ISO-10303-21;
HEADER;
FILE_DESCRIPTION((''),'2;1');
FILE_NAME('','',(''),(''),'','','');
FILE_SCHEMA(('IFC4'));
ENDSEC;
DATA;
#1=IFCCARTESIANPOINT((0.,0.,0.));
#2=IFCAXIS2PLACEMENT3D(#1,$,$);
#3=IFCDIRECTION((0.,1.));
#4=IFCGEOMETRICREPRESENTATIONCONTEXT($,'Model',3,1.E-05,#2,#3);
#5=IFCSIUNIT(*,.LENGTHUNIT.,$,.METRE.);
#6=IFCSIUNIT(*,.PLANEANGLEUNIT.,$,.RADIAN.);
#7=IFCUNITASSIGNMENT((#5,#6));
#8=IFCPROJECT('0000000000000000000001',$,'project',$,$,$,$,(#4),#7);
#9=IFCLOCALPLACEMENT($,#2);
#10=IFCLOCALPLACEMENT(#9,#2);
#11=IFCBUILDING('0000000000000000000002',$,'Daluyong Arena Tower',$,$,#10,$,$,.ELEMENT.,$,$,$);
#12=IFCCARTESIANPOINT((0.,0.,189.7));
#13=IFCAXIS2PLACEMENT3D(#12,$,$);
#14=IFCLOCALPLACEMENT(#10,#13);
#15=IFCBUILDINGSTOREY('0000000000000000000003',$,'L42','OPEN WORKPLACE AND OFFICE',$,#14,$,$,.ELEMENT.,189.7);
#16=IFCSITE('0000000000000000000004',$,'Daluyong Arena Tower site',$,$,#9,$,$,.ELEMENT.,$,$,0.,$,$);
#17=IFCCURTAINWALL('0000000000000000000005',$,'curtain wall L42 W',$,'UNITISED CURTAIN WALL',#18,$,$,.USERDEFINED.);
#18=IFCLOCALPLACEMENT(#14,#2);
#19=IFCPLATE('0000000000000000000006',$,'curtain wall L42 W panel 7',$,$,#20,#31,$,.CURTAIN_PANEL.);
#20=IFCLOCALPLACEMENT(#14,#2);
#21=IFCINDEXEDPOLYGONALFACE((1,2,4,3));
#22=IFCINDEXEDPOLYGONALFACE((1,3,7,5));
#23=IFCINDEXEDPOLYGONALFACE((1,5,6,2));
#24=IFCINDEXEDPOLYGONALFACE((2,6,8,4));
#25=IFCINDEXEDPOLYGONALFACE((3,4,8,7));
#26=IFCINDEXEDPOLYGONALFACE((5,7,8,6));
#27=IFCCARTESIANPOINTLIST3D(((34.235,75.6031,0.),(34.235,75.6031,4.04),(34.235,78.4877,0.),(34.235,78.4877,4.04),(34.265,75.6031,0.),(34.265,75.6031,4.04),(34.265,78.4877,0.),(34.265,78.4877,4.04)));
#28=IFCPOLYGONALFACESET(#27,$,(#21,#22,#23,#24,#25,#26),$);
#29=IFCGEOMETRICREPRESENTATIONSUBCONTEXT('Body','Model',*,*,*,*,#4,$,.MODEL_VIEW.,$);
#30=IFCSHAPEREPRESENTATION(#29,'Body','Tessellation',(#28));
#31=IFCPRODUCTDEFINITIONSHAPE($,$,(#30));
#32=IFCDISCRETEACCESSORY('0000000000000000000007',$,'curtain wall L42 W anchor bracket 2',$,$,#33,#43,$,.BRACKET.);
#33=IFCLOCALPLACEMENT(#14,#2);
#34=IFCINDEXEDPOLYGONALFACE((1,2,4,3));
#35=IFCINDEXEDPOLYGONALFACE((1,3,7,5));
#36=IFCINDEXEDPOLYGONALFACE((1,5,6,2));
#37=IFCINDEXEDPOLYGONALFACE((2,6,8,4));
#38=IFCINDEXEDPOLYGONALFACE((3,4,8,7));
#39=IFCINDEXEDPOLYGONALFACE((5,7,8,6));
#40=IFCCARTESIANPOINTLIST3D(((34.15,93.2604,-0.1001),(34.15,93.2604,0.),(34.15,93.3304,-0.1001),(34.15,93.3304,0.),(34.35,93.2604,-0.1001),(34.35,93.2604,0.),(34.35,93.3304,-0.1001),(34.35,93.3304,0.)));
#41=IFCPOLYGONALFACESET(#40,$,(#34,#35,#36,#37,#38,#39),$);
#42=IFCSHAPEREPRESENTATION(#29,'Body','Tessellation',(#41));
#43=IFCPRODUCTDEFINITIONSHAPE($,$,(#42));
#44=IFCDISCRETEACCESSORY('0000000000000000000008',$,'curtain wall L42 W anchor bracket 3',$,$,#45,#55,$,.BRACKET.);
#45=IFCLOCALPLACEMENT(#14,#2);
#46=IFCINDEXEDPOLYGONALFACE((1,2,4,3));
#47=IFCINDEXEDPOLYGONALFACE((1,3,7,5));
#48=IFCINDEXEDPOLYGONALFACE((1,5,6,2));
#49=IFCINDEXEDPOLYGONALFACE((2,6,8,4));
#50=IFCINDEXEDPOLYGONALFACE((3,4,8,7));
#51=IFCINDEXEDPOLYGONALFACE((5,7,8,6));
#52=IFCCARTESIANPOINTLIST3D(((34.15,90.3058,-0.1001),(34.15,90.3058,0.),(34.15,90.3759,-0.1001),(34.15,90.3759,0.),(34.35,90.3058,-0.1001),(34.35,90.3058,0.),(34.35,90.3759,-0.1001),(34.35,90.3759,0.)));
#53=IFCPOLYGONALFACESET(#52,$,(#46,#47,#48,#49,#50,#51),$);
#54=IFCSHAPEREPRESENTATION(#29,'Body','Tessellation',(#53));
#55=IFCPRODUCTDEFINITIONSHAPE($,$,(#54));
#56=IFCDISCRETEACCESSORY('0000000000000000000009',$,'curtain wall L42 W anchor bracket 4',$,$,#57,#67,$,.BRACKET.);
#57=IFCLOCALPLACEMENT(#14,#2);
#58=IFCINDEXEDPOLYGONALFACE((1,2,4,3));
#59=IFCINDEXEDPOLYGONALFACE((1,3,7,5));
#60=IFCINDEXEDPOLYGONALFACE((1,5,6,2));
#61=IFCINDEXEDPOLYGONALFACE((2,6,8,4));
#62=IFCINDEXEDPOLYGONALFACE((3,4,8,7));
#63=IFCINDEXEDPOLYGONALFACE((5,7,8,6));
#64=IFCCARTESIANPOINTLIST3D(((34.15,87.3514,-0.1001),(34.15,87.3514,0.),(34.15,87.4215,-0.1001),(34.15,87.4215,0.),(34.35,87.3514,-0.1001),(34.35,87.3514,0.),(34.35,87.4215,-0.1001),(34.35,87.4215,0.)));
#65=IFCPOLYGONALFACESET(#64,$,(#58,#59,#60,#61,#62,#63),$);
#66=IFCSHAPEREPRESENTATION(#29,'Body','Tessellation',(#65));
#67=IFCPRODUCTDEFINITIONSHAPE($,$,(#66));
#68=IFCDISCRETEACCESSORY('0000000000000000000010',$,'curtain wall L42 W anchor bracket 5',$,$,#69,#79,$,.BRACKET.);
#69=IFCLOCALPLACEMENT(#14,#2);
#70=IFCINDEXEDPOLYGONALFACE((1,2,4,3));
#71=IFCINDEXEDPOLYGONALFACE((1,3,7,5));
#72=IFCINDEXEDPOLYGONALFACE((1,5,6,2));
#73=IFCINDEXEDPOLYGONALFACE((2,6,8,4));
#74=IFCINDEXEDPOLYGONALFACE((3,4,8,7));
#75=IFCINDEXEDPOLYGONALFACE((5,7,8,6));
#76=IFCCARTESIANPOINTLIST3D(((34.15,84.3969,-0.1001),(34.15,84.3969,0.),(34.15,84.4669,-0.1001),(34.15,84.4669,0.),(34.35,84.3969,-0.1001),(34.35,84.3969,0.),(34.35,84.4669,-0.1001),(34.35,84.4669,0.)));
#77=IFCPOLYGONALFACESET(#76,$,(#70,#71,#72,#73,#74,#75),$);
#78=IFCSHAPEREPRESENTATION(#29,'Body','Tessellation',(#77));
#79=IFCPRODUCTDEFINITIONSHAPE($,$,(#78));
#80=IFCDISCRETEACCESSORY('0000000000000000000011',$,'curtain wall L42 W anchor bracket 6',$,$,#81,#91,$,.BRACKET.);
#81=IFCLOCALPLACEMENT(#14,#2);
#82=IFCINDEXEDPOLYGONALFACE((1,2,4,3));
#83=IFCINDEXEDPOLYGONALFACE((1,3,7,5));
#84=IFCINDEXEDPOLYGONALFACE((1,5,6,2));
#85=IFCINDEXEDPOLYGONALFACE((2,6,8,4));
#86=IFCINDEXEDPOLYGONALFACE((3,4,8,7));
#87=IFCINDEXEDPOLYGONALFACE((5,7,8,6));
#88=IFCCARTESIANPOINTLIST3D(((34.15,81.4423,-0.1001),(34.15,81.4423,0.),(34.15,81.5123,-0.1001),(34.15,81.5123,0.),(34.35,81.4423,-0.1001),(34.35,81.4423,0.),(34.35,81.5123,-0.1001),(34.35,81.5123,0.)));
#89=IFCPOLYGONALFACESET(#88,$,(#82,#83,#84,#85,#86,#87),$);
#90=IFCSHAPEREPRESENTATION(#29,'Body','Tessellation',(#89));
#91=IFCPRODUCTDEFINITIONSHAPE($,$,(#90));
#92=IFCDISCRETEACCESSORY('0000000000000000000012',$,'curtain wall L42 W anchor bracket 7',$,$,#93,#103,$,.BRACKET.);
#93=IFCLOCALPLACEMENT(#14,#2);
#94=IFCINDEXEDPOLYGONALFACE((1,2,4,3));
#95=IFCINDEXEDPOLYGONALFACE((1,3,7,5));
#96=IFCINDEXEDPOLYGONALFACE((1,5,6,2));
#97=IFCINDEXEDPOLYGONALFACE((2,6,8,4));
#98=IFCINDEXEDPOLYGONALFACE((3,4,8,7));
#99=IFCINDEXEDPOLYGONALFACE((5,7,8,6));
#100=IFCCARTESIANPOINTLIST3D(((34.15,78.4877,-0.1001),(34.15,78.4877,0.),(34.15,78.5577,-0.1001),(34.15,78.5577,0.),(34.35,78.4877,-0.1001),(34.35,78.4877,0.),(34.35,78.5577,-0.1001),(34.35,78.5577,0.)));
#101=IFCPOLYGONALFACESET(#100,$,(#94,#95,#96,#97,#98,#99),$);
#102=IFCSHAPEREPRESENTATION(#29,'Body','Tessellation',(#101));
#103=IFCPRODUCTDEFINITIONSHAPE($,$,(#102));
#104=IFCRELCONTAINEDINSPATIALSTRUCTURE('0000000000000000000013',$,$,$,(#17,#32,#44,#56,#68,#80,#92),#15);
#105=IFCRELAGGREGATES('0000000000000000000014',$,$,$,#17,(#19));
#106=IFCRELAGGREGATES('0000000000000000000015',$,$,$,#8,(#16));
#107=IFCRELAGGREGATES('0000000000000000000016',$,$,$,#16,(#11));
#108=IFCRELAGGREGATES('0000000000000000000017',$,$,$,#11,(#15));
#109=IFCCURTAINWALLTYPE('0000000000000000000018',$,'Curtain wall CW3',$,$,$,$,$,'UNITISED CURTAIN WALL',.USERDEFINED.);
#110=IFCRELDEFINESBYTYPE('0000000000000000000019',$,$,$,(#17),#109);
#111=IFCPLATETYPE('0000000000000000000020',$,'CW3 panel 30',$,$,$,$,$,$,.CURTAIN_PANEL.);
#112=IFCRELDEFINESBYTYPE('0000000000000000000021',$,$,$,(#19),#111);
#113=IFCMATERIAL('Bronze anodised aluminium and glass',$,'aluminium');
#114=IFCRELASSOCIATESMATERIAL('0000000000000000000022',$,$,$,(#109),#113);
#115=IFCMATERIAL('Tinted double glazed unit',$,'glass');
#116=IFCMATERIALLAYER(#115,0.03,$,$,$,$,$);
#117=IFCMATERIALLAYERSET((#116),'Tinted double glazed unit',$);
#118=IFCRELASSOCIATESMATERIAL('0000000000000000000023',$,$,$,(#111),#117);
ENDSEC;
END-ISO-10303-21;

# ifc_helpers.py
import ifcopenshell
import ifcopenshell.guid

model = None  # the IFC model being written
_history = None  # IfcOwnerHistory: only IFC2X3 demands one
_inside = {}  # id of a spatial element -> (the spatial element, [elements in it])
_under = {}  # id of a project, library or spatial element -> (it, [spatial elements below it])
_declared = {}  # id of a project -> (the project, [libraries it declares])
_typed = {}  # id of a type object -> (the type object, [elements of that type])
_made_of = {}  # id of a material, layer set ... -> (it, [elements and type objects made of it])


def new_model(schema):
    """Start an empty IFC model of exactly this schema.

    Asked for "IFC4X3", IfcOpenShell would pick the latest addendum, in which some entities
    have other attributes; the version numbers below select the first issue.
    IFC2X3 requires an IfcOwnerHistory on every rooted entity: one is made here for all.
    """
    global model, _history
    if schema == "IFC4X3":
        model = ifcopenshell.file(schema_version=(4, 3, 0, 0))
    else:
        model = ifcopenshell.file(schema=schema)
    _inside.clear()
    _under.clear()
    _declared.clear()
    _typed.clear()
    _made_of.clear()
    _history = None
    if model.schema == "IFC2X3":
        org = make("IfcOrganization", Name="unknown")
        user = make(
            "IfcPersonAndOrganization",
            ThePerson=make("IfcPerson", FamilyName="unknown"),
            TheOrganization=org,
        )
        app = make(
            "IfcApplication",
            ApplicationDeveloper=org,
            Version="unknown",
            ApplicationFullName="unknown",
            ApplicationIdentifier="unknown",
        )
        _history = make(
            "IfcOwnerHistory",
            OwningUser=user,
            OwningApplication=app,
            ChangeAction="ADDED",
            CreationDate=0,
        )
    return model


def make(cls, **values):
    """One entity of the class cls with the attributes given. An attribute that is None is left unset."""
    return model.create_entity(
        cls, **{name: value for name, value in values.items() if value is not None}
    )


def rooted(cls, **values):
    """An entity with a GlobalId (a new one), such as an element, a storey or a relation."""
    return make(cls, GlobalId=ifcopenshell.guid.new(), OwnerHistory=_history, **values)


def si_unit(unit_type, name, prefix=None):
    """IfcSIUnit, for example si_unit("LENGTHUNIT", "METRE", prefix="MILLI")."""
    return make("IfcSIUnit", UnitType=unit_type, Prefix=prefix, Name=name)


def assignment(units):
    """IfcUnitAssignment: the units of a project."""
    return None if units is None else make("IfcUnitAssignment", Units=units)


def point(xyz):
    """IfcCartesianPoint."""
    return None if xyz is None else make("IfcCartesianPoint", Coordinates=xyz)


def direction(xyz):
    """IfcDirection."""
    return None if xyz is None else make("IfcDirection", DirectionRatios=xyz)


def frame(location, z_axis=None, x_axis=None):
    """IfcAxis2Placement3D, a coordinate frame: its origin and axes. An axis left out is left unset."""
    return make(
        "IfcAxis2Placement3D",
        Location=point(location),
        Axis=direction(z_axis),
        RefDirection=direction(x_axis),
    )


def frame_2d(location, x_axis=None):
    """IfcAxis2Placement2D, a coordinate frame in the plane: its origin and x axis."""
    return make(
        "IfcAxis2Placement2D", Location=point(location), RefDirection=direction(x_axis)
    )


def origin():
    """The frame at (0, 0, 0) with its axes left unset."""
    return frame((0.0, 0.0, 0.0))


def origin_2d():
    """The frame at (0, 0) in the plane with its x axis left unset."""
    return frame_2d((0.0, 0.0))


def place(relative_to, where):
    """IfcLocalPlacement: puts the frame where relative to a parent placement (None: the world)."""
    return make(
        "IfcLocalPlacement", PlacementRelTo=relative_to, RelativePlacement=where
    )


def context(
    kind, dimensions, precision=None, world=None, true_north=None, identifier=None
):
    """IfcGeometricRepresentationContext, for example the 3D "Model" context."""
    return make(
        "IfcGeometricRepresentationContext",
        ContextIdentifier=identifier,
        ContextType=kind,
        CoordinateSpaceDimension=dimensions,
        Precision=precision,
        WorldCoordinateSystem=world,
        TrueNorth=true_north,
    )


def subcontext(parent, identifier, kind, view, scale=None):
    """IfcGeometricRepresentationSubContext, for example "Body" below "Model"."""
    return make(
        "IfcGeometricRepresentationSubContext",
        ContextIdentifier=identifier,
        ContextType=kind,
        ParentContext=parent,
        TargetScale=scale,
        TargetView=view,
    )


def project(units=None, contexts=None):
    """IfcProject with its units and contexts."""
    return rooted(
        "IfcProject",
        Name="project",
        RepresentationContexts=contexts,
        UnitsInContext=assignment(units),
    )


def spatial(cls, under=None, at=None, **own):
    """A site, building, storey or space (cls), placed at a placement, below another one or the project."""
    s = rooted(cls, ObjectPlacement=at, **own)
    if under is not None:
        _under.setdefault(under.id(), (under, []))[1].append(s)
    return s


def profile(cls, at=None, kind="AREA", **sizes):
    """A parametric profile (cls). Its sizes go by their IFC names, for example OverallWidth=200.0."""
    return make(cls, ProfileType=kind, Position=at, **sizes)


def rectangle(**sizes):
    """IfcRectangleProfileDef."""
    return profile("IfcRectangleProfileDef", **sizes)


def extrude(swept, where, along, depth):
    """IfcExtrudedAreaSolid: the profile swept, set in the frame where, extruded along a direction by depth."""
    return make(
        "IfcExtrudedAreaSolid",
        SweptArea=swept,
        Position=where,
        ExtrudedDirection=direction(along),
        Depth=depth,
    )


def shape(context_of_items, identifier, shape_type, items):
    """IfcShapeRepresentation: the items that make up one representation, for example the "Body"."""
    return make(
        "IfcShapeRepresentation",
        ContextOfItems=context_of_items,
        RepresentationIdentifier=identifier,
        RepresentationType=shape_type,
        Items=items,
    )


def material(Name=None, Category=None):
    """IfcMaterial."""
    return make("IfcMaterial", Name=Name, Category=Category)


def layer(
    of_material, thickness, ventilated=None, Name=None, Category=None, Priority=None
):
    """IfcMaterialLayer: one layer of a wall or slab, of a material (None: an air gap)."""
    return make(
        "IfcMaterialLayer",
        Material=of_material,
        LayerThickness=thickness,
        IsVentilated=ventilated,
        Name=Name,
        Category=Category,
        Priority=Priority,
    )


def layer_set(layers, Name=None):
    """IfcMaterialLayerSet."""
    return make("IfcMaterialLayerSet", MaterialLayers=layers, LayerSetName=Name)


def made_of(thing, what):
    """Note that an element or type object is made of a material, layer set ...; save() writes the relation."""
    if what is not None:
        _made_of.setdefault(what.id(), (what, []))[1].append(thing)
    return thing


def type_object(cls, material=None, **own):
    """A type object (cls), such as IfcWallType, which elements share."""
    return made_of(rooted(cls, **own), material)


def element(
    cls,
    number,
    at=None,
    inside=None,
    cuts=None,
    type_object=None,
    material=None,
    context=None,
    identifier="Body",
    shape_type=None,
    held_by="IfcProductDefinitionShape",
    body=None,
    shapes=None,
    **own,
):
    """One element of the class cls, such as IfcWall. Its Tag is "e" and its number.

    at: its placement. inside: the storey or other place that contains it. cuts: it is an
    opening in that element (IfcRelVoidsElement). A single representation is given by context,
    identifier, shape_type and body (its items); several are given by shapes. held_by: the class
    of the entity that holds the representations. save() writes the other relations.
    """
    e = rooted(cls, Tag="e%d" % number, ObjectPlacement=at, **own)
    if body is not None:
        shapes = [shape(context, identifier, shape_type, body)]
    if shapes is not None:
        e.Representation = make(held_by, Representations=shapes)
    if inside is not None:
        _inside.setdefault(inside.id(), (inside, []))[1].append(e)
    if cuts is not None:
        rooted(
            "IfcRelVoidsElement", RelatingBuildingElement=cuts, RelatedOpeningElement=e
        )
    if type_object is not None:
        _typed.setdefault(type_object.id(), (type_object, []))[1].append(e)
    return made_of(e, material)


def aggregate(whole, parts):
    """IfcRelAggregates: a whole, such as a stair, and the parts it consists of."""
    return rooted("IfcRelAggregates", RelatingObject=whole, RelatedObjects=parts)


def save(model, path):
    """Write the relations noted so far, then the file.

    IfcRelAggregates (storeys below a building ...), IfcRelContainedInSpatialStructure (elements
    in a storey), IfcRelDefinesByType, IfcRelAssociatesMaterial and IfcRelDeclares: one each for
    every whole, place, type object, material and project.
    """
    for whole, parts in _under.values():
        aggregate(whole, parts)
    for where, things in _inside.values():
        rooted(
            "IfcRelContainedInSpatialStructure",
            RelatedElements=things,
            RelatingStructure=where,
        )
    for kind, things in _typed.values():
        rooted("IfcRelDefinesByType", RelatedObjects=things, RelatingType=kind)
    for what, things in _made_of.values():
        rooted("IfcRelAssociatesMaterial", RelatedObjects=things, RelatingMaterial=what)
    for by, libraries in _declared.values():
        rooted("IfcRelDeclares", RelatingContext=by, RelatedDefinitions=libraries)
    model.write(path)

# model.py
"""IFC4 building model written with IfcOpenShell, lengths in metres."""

from ifc_helpers import new_model, si_unit, direction, frame, origin, origin_2d, place, context, subcontext, project, spatial, rectangle, extrude, material, layer, layer_set, type_object, element, aggregate, save


model = new_model("IFC4")

# Units and contexts
model_context = context("Model", 3, precision=1e-05, world=origin(), true_north=direction((0.0, 1.0)))
body_context = subcontext(model_context, "Body", "Model", "MODEL_VIEW")
ifc_project = project(units=[si_unit("LENGTHUNIT", "METRE"), si_unit("PLANEANGLEUNIT", "RADIAN")], contexts=[model_context])

# Site, building, storey
site_placement = place(None, origin())
site = spatial("IfcSite", under=ifc_project, at=site_placement, Name="Daluyong Arena Tower site", CompositionType="ELEMENT", RefElevation=0.0)
building_placement = place(site_placement, origin())
building = spatial("IfcBuilding", under=site, at=building_placement, Name="Daluyong Arena Tower", CompositionType="ELEMENT")
storey_placement = place(building_placement, frame((0.0, 0.0, 189.7)))
storey = spatial("IfcBuildingStorey", under=building, at=storey_placement, Name="L42", Description="OPEN WORKPLACE AND OFFICE", CompositionType="ELEMENT", Elevation=189.7)

# Curtain wall
ifc_material_1 = material(Name="Bronze anodised aluminium and glass", Category="aluminium")
curtain_wall_type = type_object("IfcCurtainWallType", Name="Curtain wall CW3", ElementType="UNITISED CURTAIN WALL", PredefinedType="USERDEFINED", material=ifc_material_1)
curtain_wall_placement = place(storey_placement, origin())
curtain_wall = element("IfcCurtainWall", 1, at=curtain_wall_placement, inside=storey, type_object=curtain_wall_type, Name="curtain wall L42 W", ObjectType="UNITISED CURTAIN WALL", PredefinedType="USERDEFINED")

# Plate
ifc_material_2 = material(Name="Tinted double glazed unit", Category="glass")
ifc_layer = layer(ifc_material_2, 0.03)
ifc_layer_set = layer_set([ifc_layer], Name="Tinted double glazed unit")
plate_type = type_object("IfcPlateType", Name="CW3 panel 30", PredefinedType="CURTAIN_PANEL", material=ifc_layer_set)
plate_1_placement = place(storey_placement, frame((34.25, 77.0454, 0.0), z_axis=(0.0, 0.0, 1.0), x_axis=(0.0, -1.0, 0.0)))
plate_1 = element("IfcPlate", 2, at=plate_1_placement, type_object=plate_type, Name="curtain wall L42 W panel 7", PredefinedType="CURTAIN_PANEL", context=body_context, shape_type="SweptSolid", body=[
    extrude(rectangle(XDim=2.8845, YDim=0.03, at=origin_2d()), origin(), (0.0, 0.0, 1.0), 4.04),
])
aggregate(curtain_wall, [plate_1])

# Discrete accessories
for number, where, z_axis, x_axis, name in (
    (3, (34.25, 93.2954, -0.1001), (0.0, 0.0, 1.0), (0.0, -1.0, 0.0), "curtain wall L42 W anchor bracket 2"),
    (4, (34.25, 90.3408, -0.1001), (0.0, 0.0, 1.0), (0.0, -1.0, 0.0), "curtain wall L42 W anchor bracket 3"),
    (5, (34.25, 87.3865, -0.1001), (0.0, 0.0, 1.0), (0.0, -1.0, 0.0), "curtain wall L42 W anchor bracket 4"),
    (6, (34.25, 84.4319, -0.1001), (0.0, 0.0, 1.0), (0.0, -1.0, 0.0), "curtain wall L42 W anchor bracket 5"),
    (7, (34.25, 81.4773, -0.1001), (0.0, 0.0, 1.0), (0.0, -1.0, 0.0), "curtain wall L42 W anchor bracket 6"),
    (8, (34.25, 78.5227, -0.1001), (0.0, 0.0, 1.0), (0.0, -1.0, 0.0), "curtain wall L42 W anchor bracket 7"),
):
    element("IfcDiscreteAccessory", number, at=place(storey_placement, frame(where, z_axis=z_axis, x_axis=x_axis)), inside=storey, Name=name, PredefinedType="BRACKET", context=body_context, shape_type="SweptSolid", body=[
        extrude(rectangle(XDim=0.0701, YDim=0.2, at=origin_2d()), origin(), (0.0, 0.0, 1.0), 0.1001),
    ])

save(model, "model.ifc")
